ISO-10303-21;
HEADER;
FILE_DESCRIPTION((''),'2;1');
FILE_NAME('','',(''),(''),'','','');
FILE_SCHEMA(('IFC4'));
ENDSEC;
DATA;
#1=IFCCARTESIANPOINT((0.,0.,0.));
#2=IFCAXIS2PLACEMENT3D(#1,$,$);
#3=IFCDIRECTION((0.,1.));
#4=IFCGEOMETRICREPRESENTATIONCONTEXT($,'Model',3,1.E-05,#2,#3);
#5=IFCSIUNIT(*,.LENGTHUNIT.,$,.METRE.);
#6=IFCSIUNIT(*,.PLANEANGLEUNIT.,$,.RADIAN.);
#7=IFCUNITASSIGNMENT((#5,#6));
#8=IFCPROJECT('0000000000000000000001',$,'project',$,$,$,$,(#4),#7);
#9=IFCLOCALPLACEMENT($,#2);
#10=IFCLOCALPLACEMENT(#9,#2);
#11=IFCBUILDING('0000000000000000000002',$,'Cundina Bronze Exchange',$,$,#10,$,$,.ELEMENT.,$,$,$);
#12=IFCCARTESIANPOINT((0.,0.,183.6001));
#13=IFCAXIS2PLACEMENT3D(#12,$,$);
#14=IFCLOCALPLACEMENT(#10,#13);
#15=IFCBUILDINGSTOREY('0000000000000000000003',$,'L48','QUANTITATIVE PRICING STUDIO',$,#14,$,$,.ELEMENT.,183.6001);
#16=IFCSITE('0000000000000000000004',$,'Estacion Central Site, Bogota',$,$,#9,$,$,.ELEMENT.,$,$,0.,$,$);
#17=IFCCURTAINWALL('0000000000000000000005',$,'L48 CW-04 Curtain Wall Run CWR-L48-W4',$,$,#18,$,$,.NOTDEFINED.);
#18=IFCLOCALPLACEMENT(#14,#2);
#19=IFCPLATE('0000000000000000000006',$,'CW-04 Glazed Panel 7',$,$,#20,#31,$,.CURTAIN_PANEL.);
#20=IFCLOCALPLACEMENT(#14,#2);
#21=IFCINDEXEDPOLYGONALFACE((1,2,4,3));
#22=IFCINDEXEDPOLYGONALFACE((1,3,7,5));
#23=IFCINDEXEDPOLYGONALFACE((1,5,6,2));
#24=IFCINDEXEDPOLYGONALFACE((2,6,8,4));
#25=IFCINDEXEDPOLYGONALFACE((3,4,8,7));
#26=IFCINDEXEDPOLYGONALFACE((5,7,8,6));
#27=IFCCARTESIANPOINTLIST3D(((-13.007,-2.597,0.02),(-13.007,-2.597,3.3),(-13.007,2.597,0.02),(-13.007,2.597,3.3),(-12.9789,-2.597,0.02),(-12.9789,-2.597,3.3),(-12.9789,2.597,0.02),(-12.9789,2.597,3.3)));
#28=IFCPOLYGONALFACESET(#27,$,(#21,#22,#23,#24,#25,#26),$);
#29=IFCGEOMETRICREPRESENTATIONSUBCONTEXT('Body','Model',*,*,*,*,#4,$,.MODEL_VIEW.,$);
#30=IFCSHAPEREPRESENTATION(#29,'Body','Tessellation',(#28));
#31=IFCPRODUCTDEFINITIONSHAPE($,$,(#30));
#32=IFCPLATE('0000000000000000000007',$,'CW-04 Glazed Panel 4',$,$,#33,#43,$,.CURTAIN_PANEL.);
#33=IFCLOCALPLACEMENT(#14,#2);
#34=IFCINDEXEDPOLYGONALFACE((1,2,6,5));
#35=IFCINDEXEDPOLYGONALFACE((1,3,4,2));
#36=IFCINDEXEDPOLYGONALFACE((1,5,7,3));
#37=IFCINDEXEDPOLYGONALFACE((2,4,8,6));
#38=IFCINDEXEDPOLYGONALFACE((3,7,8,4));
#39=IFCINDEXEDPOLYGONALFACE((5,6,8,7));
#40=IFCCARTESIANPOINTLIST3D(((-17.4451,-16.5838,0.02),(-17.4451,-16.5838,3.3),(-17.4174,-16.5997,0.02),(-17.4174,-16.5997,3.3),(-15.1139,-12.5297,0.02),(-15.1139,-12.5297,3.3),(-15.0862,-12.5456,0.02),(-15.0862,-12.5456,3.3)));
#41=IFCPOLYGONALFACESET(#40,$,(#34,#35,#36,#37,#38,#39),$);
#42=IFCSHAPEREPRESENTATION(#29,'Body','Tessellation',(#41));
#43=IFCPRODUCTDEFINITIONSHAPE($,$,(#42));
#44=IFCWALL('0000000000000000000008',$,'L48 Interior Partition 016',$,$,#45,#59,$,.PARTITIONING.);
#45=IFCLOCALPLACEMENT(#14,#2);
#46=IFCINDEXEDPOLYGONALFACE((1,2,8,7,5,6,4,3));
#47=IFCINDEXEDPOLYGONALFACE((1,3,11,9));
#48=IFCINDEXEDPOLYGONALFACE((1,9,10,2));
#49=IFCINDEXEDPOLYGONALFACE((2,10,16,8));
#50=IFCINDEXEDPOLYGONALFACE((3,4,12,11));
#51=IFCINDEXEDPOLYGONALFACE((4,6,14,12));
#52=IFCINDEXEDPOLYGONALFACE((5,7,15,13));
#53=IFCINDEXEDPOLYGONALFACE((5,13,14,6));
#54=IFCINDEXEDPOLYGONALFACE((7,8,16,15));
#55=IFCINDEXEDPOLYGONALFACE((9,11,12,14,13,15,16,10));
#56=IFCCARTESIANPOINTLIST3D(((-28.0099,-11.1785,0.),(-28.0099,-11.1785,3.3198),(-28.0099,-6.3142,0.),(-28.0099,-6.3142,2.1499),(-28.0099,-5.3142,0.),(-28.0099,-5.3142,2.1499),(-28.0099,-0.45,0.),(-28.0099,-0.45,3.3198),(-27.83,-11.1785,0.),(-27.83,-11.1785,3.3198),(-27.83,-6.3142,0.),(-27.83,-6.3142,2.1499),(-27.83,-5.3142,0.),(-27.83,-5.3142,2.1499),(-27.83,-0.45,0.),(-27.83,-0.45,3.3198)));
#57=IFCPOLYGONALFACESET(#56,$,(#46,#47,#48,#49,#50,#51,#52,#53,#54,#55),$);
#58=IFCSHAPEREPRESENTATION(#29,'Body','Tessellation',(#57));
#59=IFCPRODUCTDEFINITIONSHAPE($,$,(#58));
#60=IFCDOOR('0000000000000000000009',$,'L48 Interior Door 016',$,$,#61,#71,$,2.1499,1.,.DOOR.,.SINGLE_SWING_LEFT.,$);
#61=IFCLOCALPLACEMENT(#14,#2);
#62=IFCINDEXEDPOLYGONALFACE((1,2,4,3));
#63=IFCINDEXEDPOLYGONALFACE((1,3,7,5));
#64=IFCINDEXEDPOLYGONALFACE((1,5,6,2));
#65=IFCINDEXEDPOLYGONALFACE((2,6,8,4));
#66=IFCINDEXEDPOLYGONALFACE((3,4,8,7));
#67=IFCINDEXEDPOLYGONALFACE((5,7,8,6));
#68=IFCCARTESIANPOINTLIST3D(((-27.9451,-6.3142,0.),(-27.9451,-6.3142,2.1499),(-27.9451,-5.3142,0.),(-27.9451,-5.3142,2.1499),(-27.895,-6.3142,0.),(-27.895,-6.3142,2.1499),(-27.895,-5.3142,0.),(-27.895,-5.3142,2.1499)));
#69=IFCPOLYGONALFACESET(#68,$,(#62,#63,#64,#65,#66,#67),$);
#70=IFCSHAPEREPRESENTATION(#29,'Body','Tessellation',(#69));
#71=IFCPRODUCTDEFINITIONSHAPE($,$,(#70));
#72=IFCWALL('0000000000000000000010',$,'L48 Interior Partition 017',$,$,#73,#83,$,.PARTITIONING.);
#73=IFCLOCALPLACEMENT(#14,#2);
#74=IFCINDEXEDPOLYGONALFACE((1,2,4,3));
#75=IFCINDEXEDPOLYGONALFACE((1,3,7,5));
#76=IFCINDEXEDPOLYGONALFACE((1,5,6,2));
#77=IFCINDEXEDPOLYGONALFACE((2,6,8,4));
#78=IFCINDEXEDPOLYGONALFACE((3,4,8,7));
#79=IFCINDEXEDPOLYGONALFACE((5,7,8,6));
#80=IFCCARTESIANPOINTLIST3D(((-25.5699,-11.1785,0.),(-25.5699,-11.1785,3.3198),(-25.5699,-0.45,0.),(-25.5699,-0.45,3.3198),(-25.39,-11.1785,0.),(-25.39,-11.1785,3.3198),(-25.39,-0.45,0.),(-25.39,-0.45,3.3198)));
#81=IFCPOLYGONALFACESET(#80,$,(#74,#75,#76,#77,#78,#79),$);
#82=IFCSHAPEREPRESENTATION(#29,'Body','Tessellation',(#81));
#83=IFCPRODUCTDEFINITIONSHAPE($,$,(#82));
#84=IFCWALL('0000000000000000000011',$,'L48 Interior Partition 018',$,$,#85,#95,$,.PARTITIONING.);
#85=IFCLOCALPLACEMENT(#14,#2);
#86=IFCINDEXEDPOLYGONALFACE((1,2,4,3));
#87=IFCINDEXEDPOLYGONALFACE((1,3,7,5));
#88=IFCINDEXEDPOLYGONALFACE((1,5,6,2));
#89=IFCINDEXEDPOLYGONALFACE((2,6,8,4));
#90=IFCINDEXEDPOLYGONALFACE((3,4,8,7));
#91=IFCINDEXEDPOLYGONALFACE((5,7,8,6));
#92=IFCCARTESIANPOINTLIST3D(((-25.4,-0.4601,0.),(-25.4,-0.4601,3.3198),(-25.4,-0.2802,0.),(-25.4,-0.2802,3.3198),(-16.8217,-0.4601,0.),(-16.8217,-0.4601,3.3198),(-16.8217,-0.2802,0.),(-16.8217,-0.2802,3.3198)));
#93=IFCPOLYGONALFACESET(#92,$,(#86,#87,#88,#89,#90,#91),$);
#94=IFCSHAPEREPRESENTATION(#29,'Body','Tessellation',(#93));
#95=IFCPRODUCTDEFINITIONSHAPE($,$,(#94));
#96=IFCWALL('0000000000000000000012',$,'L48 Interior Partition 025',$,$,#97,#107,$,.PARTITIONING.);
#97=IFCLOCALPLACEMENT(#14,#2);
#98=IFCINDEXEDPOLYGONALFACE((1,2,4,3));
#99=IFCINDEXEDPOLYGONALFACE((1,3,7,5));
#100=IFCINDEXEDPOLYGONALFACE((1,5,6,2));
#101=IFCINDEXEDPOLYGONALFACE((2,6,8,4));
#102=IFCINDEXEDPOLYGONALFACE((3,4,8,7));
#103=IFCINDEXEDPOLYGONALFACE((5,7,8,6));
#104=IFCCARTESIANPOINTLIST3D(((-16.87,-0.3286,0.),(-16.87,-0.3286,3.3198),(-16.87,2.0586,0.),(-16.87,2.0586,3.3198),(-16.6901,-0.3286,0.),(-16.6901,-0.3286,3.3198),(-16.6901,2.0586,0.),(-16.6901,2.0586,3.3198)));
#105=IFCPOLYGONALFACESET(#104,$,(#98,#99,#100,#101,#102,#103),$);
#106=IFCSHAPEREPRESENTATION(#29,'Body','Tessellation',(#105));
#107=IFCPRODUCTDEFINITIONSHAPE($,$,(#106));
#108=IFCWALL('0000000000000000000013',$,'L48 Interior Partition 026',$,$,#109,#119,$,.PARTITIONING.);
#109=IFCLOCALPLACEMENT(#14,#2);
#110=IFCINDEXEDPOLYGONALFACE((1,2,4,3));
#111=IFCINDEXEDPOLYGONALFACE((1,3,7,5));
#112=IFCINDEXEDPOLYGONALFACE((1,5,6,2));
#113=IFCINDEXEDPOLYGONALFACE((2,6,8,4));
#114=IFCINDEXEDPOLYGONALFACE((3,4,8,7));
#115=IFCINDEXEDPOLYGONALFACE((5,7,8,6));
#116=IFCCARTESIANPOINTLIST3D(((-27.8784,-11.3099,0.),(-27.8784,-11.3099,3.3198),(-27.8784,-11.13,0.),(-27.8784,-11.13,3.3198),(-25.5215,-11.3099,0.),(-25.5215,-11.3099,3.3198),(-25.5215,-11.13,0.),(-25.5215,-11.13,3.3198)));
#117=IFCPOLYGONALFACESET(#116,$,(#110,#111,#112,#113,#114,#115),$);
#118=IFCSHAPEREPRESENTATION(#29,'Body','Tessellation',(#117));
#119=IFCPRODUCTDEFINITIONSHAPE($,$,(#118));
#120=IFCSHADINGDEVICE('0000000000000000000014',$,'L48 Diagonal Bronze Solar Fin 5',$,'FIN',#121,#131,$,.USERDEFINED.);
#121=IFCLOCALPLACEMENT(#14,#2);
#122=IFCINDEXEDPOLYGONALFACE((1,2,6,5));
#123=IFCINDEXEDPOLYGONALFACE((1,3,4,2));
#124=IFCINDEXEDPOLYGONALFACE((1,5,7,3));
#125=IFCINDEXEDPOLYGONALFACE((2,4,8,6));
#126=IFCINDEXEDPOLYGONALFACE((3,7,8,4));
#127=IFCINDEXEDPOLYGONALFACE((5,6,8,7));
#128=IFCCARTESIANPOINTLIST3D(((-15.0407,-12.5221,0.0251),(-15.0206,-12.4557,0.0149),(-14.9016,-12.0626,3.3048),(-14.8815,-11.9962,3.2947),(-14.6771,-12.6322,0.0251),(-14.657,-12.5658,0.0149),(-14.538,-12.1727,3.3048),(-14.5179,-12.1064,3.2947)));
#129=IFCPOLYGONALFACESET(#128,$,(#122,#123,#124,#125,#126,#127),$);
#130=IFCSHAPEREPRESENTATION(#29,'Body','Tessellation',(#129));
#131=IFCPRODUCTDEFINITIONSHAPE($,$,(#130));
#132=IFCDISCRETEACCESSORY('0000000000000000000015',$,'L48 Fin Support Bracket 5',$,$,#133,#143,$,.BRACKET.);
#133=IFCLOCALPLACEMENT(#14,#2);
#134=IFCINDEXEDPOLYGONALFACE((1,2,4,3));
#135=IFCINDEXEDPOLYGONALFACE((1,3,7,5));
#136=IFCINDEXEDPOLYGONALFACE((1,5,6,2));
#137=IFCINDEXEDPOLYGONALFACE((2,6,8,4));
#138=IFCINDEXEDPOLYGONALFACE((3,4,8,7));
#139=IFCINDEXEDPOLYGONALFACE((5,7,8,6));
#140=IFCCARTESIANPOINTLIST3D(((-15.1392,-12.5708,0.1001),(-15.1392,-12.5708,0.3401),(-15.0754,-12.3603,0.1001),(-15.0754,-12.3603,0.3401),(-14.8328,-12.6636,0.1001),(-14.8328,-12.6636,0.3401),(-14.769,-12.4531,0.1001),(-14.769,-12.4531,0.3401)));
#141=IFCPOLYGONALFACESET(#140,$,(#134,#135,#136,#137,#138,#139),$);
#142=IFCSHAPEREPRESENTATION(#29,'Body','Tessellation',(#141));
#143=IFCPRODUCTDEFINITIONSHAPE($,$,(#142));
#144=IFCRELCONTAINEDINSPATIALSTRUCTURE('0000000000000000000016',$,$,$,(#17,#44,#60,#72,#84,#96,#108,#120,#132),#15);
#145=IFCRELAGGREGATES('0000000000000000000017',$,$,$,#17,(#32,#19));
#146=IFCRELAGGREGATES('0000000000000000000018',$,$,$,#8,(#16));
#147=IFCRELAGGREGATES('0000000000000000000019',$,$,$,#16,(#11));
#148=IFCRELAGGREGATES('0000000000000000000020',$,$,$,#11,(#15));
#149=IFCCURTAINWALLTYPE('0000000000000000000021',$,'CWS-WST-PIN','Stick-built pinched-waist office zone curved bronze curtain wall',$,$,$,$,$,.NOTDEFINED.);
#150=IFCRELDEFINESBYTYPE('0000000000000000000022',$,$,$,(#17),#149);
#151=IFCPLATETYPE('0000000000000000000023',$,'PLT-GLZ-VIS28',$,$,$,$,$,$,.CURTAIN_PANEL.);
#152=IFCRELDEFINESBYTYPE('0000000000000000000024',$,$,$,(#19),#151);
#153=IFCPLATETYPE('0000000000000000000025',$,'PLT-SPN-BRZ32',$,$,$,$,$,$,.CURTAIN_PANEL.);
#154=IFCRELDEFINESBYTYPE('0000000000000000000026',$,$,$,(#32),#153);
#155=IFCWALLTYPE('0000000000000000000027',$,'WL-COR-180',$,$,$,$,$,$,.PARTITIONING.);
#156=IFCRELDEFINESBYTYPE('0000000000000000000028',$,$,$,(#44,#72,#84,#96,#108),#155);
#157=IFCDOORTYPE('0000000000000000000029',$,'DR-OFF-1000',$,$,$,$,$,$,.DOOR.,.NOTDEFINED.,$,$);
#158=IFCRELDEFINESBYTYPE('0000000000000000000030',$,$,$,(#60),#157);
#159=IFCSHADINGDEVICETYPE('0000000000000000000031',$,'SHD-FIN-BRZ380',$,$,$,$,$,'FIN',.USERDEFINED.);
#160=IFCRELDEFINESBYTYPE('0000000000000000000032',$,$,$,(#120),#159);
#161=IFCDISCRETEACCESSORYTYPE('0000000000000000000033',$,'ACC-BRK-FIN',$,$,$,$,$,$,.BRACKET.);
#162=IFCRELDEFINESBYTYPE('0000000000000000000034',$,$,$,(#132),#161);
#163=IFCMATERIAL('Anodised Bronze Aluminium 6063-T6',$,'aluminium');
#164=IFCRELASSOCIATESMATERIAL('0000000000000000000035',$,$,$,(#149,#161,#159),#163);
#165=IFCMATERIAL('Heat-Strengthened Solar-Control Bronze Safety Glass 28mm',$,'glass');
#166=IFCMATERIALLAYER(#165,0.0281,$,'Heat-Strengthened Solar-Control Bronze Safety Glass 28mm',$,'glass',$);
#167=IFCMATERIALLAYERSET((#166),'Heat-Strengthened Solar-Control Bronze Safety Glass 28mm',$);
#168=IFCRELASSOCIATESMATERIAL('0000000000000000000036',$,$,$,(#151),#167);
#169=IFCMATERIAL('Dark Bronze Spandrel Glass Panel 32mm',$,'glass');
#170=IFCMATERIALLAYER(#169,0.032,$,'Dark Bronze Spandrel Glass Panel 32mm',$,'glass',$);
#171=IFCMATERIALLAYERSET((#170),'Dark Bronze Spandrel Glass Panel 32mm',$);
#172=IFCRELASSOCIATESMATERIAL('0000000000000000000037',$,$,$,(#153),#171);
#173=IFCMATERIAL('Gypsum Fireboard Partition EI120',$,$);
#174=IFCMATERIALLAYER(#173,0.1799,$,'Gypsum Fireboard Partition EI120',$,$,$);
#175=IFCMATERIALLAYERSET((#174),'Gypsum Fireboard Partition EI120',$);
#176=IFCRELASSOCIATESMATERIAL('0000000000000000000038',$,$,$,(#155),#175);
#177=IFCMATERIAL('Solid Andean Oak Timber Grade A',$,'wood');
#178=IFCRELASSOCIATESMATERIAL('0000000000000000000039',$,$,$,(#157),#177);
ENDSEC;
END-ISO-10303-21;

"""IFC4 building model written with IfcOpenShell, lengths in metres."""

from ifc_helpers import new_model, si_unit, direction, frame, frame_2d, origin, origin_2d, place, context, subcontext, project, spatial, rectangle, extrude, material, layer, layer_set, material_profile, profile_set, type_object, element, fill, aggregate, save


model = new_model("IFC4")

# Units and contexts
model_context = context("Model", 3, precision=1e-05, world=origin(), true_north=direction((0.0, 1.0)))
body_context = subcontext(model_context, "Body", "Model", "MODEL_VIEW")
ifc_project = project(units=[si_unit("LENGTHUNIT", "METRE"), si_unit("PLANEANGLEUNIT", "RADIAN")], contexts=[model_context])

# Site, building, storey
site_placement = place(None, origin())
site = spatial("IfcSite", under=ifc_project, at=site_placement, Name="Estacion Central Site, Bogota", CompositionType="ELEMENT", RefElevation=0.0)
building_placement = place(site_placement, origin())
building = spatial("IfcBuilding", under=site, at=building_placement, Name="Cundina Bronze Exchange", CompositionType="ELEMENT")
storey_placement = place(building_placement, frame((0.0, 0.0, 183.6001)))
storey = spatial("IfcBuildingStorey", under=building, at=storey_placement, Name="L48", Description="QUANTITATIVE PRICING STUDIO", CompositionType="ELEMENT", Elevation=183.6001)

# Curtain wall, plates
ifc_material_1 = material(Name="Anodised Bronze Aluminium 6063-T6", Category="aluminium")
curtain_wall_type = type_object("IfcCurtainWallType", Name="CWS-WST-PIN", Description="Stick-built pinched-waist office zone curved bronze curtain wall", PredefinedType="NOTDEFINED", material=ifc_material_1)
curtain_wall_placement = place(storey_placement, origin())
curtain_wall = element("IfcCurtainWall", 1, at=curtain_wall_placement, inside=storey, type_object=curtain_wall_type, Name="L48 CW-04 Curtain Wall Run CWR-L48-W4", PredefinedType="NOTDEFINED")
ifc_material_2 = material(Name="Heat-Strengthened Solar-Control Bronze Safety Glass 28mm", Category="glass")
ifc_layer_1 = layer(ifc_material_2, 0.0281, Name="Heat-Strengthened Solar-Control Bronze Safety Glass 28mm", Category="glass")
ifc_layer_set_1 = layer_set([ifc_layer_1], Name="Heat-Strengthened Solar-Control Bronze Safety Glass 28mm")
plate_type_1 = type_object("IfcPlateType", Name="PLT-GLZ-VIS28", PredefinedType="CURTAIN_PANEL", material=ifc_layer_set_1)
plate_1_placement = place(storey_placement, frame((-12.9929, 0.0, 0.02), z_axis=(0.0, 0.0, 1.0), x_axis=(0.0, 1.0, 0.0)))
plate_1 = element("IfcPlate", 2, at=plate_1_placement, type_object=plate_type_1, Name="CW-04 Glazed Panel 7", PredefinedType="CURTAIN_PANEL", context=body_context, shape_type="SweptSolid", body=[
    extrude(rectangle(XDim=5.1941, YDim=0.0281, at=origin_2d()), origin(), (0.0, 0.0, 1.0), 3.28),
])
ifc_material_3 = material(Name="Dark Bronze Spandrel Glass Panel 32mm", Category="glass")
ifc_layer_2 = layer(ifc_material_3, 0.032, Name="Dark Bronze Spandrel Glass Panel 32mm", Category="glass")
ifc_layer_set_2 = layer_set([ifc_layer_2], Name="Dark Bronze Spandrel Glass Panel 32mm")
plate_type_2 = type_object("IfcPlateType", Name="PLT-SPN-BRZ32", PredefinedType="CURTAIN_PANEL", material=ifc_layer_set_2)
plate_2_placement = place(storey_placement, frame((-16.2656, -14.5647, 0.02), z_axis=(0.0, 0.0, 1.0), x_axis=(0.498488, 0.866897, 0.0)))
plate_2 = element("IfcPlate", 3, at=plate_2_placement, type_object=plate_type_2, Name="CW-04 Glazed Panel 4", PredefinedType="CURTAIN_PANEL", context=body_context, shape_type="SweptSolid", body=[
    extrude(rectangle(XDim=4.6765, YDim=0.032, at=origin_2d()), origin(), (0.0, 0.0, 1.0), 3.28),
])
aggregate(curtain_wall, [plate_2, plate_1])

# Wall, opening, door
ifc_material_4 = material(Name="Gypsum Fireboard Partition EI120")
ifc_layer_3 = layer(ifc_material_4, 0.1799, Name="Gypsum Fireboard Partition EI120")
ifc_layer_set_3 = layer_set([ifc_layer_3], Name="Gypsum Fireboard Partition EI120")
wall_type = type_object("IfcWallType", Name="WL-COR-180", PredefinedType="PARTITIONING", material=ifc_layer_set_3)
wall_1_placement = place(storey_placement, frame((-27.9199, -0.45, 0.0), z_axis=(0.0, 0.0, 1.0), x_axis=(0.0, -1.0, 0.0)))
wall_1 = element("IfcWall", 4, at=wall_1_placement, inside=storey, type_object=wall_type, Name="L48 Interior Partition 016", PredefinedType="PARTITIONING", context=body_context, shape_type="SweptSolid", body=[
    extrude(rectangle(XDim=10.7285, YDim=0.1799, at=frame_2d((5.3643, 0.0))), origin(), (0.0, 0.0, 1.0), 3.3198),
])
opening_placement = place(wall_1_placement, frame((4.8643, 0.0, 0.0)))
opening = element("IfcOpeningElement", 5, at=opening_placement, cuts=wall_1, PredefinedType="OPENING", context=body_context, shape_type="SweptSolid", body=[
    extrude(rectangle(XDim=1.0, YDim=2.1499, at=frame_2d((0.5, 1.075))), frame((0.0, 0.0999, 0.0), z_axis=(0.0, -1.0, 0.0), x_axis=(1.0, 0.0, 0.0)), (0.0, 0.0, 1.0), 0.2),
])
ifc_material_5 = material(Name="Solid Andean Oak Timber Grade A", Category="wood")
door_type = type_object("IfcDoorType", Name="DR-OFF-1000", OperationType="NOTDEFINED", PredefinedType="DOOR", material=ifc_material_5)
door_placement = place(opening_placement, origin())
door = element("IfcDoor", 6, at=door_placement, inside=storey, type_object=door_type, Name="L48 Interior Door 016", OperationType="SINGLE_SWING_LEFT", OverallHeight=2.1499, OverallWidth=1.0, PredefinedType="DOOR", context=body_context, shape_type="SweptSolid", body=[
    extrude(rectangle(XDim=1.0, YDim=2.1499, at=frame_2d((0.5, 1.075))), frame((0.0, 0.0249, 0.0), z_axis=(0.0, -1.0, 0.0), x_axis=(1.0, 0.0, 0.0)), (0.0, 0.0, 1.0), 0.05),
])
fill(opening, door)

# Walls
wall_2_placement = place(storey_placement, frame((-25.48, -11.1785, 0.0), z_axis=(0.0, 0.0, 1.0), x_axis=(0.0, 1.0, 0.0)))
element("IfcWall", 7, at=wall_2_placement, inside=storey, type_object=wall_type, Name="L48 Interior Partition 017", PredefinedType="PARTITIONING", context=body_context, shape_type="SweptSolid", body=[
    extrude(rectangle(XDim=10.7285, YDim=0.1799, at=frame_2d((5.3643, 0.0))), origin(), (0.0, 0.0, 1.0), 3.3198),
])
wall_3_placement = place(storey_placement, frame((-25.3999, -0.3701, 0.0), z_axis=(0.0, 0.0, 1.0), x_axis=(1.0, 0.0, 0.0)))
element("IfcWall", 8, at=wall_3_placement, inside=storey, type_object=wall_type, Name="L48 Interior Partition 018", PredefinedType="PARTITIONING", context=body_context, shape_type="SweptSolid", body=[
    extrude(rectangle(XDim=8.5784, YDim=0.1799, at=frame_2d((4.2891, 0.0))), origin(), (0.0, 0.0, 1.0), 3.3198),
])
wall_4_placement = place(storey_placement, frame((-16.78, -0.3286, 0.0), z_axis=(0.0, 0.0, 1.0), x_axis=(0.0, 1.0, 0.0)))
element("IfcWall", 9, at=wall_4_placement, inside=storey, type_object=wall_type, Name="L48 Interior Partition 025", PredefinedType="PARTITIONING", context=body_context, shape_type="SweptSolid", body=[
    extrude(rectangle(XDim=2.3872, YDim=0.1799, at=frame_2d((1.1936, 0.0))), origin(), (0.0, 0.0, 1.0), 3.3198),
])
wall_5_placement = place(storey_placement, frame((-27.8784, -11.22, 0.0), z_axis=(0.0, 0.0, 1.0), x_axis=(1.0, 0.0, 0.0)))
element("IfcWall", 10, at=wall_5_placement, inside=storey, type_object=wall_type, Name="L48 Interior Partition 026", PredefinedType="PARTITIONING", context=body_context, shape_type="SweptSolid", body=[
    extrude(rectangle(XDim=2.3569, YDim=0.1799, at=frame_2d((1.1785, 0.0))), origin(), (0.0, 0.0, 1.0), 3.3198),
])

# Shading device
ifc_material_profile_1 = material_profile(ifc_material_1, rectangle(XDim=0.0701, YDim=0.3799, at=origin_2d()), Name="FIN70X380", Category="aluminium")
ifc_profile_set_1 = profile_set([ifc_material_profile_1], Name="Anodised Bronze Aluminium 6063-T6")
shading_device_type = type_object("IfcShadingDeviceType", Name="SHD-FIN-BRZ380", ElementType="FIN", PredefinedType="USERDEFINED", material=ifc_profile_set_1)
shading_device_placement = place(storey_placement, frame((-14.8489, -12.5439, 0.02), z_axis=(0.041982, 0.138615, 0.989456), x_axis=(-0.28681, -0.946976, 0.144833)))
element("IfcShadingDevice", 11, at=shading_device_placement, inside=storey, type_object=shading_device_type, Name="L48 Diagonal Bronze Solar Fin 5", ObjectType="FIN", PredefinedType="USERDEFINED", context=body_context, shape_type="SweptSolid", body=[
    extrude(rectangle(XDim=0.0701, YDim=0.3799, at=origin_2d()), origin(), (0.0, 0.0, 1.0), 3.3147),
])

# Discrete accessory
discrete_accessory_type = type_object("IfcDiscreteAccessoryType", Name="ACC-BRK-FIN", PredefinedType="BRACKET", material=ifc_material_1)
discrete_accessory_placement = place(storey_placement, frame((-14.9541, -12.512, 0.1001), z_axis=(0.0, 0.0, 1.0), x_axis=(0.290051, 0.957011, 0.0)))
element("IfcDiscreteAccessory", 12, at=discrete_accessory_placement, inside=storey, type_object=discrete_accessory_type, Name="L48 Fin Support Bracket 5", PredefinedType="BRACKET", context=body_context, shape_type="SweptSolid", body=[
    extrude(rectangle(XDim=0.22, YDim=0.3201, at=origin_2d()), origin(), (0.0, 0.0, 1.0), 0.24),
])

save(model, "model.ifc")
